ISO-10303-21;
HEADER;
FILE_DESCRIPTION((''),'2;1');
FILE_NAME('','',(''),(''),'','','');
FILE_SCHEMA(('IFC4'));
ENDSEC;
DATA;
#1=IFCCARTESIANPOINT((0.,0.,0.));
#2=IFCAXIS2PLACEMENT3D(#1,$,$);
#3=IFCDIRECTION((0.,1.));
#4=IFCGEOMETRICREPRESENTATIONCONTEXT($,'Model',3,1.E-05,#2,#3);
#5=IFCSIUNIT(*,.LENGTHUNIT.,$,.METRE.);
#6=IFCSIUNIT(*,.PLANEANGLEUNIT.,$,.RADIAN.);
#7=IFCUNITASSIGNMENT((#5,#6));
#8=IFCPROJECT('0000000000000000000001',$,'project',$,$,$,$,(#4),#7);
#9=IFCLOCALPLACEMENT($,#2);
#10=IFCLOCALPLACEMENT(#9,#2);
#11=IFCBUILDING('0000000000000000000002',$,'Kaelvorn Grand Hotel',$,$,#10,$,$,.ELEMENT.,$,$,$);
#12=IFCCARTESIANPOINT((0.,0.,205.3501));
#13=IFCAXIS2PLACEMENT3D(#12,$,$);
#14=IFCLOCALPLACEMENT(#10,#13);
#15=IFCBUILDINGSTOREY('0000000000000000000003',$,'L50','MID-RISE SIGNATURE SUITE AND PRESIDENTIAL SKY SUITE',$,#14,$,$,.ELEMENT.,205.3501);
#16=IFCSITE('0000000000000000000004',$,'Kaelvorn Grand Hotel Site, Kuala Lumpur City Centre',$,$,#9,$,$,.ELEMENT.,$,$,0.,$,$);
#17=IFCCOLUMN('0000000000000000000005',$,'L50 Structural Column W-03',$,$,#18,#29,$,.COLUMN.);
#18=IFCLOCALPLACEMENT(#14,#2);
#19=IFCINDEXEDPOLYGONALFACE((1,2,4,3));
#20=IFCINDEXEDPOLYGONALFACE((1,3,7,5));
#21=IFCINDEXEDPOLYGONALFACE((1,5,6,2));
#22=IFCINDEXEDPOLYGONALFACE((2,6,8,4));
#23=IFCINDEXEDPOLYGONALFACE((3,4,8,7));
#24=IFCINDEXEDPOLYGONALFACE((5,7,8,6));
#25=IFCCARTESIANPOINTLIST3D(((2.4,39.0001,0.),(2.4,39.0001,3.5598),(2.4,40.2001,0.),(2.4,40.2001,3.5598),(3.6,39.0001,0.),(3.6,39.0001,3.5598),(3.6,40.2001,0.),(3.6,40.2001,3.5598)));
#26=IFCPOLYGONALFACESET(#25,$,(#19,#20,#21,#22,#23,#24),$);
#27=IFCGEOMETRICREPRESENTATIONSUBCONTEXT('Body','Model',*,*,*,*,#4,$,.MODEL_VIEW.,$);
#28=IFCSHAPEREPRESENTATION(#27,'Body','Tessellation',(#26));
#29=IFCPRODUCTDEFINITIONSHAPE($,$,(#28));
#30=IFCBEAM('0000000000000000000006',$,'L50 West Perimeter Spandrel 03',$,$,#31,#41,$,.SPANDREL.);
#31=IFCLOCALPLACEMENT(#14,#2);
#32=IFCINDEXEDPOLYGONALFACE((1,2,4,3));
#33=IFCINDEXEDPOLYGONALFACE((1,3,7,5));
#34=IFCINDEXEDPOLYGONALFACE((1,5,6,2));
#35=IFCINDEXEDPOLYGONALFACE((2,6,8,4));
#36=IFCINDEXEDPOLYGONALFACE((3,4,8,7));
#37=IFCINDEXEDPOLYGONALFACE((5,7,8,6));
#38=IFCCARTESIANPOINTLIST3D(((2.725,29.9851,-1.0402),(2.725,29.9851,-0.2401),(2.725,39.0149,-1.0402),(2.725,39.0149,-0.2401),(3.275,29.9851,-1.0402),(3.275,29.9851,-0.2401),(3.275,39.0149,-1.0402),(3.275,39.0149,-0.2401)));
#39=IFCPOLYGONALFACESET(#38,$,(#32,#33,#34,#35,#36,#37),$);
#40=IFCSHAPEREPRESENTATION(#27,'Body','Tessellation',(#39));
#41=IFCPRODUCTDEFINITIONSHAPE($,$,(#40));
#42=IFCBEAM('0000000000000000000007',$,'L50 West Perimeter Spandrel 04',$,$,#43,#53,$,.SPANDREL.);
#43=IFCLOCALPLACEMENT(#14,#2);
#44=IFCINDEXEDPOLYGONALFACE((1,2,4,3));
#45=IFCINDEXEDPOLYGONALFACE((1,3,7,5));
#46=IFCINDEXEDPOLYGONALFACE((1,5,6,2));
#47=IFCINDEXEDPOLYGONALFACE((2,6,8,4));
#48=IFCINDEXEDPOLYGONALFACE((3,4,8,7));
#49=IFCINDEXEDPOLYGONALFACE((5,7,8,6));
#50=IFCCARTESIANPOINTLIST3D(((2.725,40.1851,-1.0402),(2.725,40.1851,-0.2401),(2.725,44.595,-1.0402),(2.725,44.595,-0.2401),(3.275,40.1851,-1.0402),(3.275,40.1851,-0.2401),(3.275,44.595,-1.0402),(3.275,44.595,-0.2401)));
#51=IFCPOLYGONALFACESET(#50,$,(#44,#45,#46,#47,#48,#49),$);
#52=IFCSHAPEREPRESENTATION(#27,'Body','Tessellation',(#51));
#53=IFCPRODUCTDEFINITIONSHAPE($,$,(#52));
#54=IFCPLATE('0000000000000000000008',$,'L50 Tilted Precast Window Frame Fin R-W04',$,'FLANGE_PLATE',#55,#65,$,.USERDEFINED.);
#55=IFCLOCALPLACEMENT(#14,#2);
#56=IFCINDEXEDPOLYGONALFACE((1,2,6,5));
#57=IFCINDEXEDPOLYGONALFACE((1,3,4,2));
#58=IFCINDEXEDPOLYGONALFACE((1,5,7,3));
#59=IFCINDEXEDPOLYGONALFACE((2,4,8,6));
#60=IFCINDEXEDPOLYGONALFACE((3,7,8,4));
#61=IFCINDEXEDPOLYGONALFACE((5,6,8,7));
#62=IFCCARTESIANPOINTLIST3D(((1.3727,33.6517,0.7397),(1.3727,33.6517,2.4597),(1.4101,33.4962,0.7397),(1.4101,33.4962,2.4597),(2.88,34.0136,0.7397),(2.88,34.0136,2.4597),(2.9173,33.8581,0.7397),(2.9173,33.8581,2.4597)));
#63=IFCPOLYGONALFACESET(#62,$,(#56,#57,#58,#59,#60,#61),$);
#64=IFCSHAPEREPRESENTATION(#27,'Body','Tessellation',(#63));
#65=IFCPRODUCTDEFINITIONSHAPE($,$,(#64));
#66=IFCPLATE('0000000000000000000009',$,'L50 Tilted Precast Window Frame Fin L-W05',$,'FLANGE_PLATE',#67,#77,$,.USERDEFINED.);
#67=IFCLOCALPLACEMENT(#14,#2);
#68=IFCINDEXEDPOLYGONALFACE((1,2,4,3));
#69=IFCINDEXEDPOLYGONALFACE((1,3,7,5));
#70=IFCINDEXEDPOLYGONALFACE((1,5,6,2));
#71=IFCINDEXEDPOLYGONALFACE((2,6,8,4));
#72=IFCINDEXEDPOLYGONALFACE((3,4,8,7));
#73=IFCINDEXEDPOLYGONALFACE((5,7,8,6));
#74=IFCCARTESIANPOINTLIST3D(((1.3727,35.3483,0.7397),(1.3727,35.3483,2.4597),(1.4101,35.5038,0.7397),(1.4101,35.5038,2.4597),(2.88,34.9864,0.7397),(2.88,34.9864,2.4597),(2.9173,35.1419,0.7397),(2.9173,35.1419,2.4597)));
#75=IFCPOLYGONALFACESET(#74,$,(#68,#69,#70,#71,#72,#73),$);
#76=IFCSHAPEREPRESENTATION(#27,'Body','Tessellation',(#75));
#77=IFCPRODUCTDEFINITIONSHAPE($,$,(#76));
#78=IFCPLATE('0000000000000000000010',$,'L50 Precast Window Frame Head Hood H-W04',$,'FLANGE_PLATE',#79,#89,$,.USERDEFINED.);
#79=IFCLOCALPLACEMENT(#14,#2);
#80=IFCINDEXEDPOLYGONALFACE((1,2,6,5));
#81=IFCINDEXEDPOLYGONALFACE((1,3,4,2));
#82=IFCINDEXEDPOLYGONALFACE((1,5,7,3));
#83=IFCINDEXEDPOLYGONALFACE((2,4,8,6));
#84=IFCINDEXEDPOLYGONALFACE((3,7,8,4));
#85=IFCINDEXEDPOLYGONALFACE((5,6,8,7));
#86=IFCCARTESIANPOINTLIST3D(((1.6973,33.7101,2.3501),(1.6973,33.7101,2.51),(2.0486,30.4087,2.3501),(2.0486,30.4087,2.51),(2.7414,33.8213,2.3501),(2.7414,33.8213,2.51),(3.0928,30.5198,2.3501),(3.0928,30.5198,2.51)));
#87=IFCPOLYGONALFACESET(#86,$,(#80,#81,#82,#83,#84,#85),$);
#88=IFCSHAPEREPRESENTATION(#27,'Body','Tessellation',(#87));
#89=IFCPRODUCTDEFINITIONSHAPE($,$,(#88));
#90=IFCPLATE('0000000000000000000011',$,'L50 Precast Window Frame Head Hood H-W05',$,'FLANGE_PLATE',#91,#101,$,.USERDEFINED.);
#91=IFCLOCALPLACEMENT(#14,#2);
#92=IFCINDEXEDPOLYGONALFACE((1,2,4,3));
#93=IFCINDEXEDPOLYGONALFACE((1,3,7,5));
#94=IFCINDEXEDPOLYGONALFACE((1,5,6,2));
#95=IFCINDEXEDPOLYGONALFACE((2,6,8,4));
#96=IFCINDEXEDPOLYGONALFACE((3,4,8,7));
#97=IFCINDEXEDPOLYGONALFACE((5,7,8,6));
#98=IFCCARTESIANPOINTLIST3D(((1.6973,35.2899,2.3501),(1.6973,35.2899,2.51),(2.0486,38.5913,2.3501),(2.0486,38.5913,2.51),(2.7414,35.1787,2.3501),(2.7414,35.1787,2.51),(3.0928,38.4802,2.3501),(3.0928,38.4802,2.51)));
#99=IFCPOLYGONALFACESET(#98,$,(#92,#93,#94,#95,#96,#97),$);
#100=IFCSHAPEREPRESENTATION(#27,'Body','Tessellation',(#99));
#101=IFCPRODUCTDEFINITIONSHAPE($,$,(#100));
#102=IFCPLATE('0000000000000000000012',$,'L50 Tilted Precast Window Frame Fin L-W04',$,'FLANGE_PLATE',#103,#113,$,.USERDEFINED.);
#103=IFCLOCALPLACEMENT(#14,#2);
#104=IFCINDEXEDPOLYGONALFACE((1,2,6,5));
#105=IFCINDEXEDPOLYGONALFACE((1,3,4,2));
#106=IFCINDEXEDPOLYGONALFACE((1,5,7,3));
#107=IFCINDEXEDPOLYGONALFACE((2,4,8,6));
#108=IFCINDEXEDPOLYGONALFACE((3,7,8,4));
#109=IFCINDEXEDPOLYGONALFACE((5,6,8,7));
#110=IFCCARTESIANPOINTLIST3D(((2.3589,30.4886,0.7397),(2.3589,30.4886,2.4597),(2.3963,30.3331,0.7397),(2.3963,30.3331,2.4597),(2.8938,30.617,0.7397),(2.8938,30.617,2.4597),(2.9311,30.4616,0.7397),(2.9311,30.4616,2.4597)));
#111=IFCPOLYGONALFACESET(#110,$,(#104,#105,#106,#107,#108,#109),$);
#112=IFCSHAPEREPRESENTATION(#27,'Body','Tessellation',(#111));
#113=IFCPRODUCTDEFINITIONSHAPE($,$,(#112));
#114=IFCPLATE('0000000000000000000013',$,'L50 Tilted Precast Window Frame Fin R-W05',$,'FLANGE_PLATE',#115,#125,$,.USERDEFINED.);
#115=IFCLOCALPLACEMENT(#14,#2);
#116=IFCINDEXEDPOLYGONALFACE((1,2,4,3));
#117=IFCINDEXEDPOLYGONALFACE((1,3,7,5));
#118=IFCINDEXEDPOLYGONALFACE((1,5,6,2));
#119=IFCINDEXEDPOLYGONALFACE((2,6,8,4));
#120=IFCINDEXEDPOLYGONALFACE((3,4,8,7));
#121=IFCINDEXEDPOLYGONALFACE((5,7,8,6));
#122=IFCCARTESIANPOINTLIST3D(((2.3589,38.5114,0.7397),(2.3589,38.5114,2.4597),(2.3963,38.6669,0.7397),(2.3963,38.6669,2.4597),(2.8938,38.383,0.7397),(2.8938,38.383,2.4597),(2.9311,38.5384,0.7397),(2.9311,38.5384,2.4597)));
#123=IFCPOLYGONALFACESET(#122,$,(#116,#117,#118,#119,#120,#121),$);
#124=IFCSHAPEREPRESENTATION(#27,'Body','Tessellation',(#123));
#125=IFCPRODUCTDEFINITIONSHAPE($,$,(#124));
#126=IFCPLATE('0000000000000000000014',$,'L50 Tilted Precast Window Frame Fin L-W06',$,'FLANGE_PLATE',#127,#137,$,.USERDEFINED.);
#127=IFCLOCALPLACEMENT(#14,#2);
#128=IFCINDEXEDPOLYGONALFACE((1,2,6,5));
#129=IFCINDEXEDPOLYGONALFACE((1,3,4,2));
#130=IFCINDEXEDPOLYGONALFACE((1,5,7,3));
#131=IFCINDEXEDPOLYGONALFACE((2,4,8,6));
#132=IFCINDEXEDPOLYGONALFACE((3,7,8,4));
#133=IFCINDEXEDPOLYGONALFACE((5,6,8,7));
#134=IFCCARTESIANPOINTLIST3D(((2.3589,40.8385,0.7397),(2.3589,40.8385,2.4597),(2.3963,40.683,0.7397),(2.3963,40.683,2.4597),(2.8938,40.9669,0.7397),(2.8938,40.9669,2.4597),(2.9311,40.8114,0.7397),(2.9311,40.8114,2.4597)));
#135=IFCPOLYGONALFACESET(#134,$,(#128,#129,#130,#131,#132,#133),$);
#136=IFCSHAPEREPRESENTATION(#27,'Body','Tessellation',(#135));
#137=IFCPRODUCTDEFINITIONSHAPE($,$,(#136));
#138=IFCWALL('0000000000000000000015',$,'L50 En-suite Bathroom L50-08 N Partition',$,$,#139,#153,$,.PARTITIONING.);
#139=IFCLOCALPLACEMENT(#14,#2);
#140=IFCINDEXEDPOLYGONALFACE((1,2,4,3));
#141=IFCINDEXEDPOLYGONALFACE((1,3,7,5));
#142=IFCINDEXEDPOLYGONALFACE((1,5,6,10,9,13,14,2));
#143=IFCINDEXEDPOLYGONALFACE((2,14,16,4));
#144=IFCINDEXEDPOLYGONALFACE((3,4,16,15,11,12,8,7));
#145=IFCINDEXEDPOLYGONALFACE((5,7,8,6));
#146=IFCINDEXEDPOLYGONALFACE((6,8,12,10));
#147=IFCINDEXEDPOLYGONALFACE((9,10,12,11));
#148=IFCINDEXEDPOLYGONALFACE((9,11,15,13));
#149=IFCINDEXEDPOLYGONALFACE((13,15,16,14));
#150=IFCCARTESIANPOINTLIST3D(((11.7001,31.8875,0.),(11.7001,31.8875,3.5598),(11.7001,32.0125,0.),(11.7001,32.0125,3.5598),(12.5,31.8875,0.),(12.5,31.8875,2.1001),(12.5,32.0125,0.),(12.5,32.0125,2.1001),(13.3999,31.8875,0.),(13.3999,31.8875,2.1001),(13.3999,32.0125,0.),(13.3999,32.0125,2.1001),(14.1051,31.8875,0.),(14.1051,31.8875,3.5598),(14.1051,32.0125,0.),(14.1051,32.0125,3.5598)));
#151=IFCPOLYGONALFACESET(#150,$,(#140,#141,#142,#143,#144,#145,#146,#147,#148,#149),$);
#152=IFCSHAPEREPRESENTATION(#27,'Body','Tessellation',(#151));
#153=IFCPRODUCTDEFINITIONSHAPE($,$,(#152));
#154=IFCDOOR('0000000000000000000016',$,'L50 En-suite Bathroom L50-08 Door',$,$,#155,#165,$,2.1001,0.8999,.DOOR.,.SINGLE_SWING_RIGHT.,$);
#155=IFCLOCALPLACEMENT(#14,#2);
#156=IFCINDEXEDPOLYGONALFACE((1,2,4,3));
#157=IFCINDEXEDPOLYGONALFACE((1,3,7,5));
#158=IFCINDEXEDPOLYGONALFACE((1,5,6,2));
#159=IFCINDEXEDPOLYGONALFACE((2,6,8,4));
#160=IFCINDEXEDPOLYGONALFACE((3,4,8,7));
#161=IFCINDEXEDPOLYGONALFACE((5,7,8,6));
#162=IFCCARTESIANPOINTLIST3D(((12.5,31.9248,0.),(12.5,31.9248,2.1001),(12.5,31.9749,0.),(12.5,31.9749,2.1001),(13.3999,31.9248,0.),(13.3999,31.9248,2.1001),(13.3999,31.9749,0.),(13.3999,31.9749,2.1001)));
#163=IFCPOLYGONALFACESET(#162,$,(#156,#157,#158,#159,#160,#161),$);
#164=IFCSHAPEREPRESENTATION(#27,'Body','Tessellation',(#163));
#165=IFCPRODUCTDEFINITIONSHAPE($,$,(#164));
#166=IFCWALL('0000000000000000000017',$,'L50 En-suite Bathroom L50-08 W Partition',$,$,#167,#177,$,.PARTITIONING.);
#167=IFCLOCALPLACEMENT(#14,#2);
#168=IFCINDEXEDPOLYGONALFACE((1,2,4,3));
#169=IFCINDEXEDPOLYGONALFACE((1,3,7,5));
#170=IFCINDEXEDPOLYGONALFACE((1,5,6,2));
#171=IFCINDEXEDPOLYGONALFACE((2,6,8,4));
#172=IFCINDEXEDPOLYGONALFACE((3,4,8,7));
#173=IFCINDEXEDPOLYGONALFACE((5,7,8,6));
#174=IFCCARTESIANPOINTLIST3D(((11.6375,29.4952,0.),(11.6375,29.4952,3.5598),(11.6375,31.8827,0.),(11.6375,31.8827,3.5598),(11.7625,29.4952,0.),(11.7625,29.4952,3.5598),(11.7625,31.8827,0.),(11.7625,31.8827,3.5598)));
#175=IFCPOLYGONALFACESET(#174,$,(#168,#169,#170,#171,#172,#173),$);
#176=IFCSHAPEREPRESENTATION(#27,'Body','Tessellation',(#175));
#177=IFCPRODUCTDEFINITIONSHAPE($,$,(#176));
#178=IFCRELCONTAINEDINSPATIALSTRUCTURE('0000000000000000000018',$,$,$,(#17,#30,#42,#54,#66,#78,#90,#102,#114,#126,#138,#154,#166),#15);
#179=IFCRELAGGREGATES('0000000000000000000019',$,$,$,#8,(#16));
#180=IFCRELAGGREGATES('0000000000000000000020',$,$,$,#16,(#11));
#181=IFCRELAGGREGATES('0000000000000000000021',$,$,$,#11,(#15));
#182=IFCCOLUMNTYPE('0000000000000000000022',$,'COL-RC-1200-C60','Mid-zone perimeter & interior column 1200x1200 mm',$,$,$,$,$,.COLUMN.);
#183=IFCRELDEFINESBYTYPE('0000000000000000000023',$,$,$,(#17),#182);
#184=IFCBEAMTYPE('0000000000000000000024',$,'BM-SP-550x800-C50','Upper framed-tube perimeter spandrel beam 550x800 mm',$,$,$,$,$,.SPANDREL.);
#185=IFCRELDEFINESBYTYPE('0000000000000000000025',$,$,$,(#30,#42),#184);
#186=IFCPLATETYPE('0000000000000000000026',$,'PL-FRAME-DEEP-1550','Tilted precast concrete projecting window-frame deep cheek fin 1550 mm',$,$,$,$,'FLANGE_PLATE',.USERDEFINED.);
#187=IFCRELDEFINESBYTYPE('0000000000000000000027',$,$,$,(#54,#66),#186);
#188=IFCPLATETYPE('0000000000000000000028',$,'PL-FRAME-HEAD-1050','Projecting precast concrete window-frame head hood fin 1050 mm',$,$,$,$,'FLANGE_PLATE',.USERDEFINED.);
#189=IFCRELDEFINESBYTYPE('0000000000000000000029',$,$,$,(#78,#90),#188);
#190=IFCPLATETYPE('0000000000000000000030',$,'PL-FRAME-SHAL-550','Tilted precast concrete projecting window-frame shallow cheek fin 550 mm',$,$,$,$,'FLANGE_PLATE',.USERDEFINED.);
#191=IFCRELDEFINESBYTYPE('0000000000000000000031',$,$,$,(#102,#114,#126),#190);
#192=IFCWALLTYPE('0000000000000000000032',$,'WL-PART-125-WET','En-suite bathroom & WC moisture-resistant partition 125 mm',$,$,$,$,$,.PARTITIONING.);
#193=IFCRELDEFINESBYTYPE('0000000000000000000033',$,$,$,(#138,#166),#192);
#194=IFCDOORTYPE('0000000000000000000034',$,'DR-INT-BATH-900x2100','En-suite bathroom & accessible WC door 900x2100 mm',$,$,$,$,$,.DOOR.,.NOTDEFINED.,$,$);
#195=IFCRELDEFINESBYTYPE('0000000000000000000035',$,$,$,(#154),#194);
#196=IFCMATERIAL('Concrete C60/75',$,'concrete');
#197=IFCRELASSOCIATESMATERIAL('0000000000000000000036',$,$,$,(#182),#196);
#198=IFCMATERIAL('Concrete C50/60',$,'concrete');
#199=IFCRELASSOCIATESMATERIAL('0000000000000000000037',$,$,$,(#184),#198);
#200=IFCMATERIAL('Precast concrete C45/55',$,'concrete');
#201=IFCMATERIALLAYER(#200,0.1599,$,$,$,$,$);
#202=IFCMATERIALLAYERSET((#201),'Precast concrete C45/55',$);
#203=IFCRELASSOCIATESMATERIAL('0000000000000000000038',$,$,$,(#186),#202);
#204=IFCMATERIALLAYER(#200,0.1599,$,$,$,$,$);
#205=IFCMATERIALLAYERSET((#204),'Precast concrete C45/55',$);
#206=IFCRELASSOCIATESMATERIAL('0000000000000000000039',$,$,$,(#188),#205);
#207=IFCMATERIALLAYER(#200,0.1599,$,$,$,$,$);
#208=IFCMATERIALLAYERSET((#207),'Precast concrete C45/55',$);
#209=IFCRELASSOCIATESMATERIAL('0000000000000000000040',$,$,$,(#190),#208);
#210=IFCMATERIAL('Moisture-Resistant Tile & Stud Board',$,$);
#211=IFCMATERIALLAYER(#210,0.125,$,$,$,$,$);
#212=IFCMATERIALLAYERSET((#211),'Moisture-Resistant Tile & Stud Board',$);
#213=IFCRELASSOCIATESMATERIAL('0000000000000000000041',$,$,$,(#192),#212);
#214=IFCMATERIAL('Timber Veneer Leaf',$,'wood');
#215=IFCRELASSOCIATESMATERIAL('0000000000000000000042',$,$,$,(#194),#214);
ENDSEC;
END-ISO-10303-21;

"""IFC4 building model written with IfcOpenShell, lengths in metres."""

from ifc_helpers import new_model, si_unit, direction, frame, frame_2d, origin, origin_2d, place, context, subcontext, project, spatial, rectangle, extrude, material, layer, layer_set, material_profile, profile_set, type_object, element, fill, save


model = new_model("IFC4")

# Units and contexts
model_context = context("Model", 3, precision=1e-05, world=origin(), true_north=direction((0.0, 1.0)))
body_context = subcontext(model_context, "Body", "Model", "MODEL_VIEW")
ifc_project = project(units=[si_unit("LENGTHUNIT", "METRE"), si_unit("PLANEANGLEUNIT", "RADIAN")], contexts=[model_context])

# Site, building, storey
site_placement = place(None, origin())
site = spatial("IfcSite", under=ifc_project, at=site_placement, Name="Kaelvorn Grand Hotel Site, Kuala Lumpur City Centre", CompositionType="ELEMENT", RefElevation=0.0)
building_placement = place(site_placement, origin())
building = spatial("IfcBuilding", under=site, at=building_placement, Name="Kaelvorn Grand Hotel", CompositionType="ELEMENT")
storey_placement = place(building_placement, frame((0.0, 0.0, 205.3501)))
storey = spatial("IfcBuildingStorey", under=building, at=storey_placement, Name="L50", Description="MID-RISE SIGNATURE SUITE AND PRESIDENTIAL SKY SUITE", CompositionType="ELEMENT", Elevation=205.3501)

# Column
ifc_material_1 = material(Name="Concrete C60/75", Category="concrete")
ifc_material_profile_1 = material_profile(ifc_material_1, rectangle(XDim=1.2, YDim=1.2, at=origin_2d()), Name="RC COL 1200x1200")
ifc_profile_set_1 = profile_set([ifc_material_profile_1], Name="Concrete C60/75")
column_type = type_object("IfcColumnType", Name="COL-RC-1200-C60", Description="Mid-zone perimeter & interior column 1200x1200 mm", PredefinedType="COLUMN", material=ifc_profile_set_1)
column_placement = place(storey_placement, frame((3.0, 39.6001, 0.0), z_axis=(0.0, 0.0, 1.0), x_axis=(1.0, 0.0, 0.0)))
element("IfcColumn", 1, at=column_placement, inside=storey, type_object=column_type, Name="L50 Structural Column W-03", PredefinedType="COLUMN", context=body_context, shape_type="SweptSolid", body=[
    extrude(rectangle(XDim=1.2, YDim=1.2, at=origin_2d()), origin(), (0.0, 0.0, 1.0), 3.5598),
])

# Beams
ifc_material_2 = material(Name="Concrete C50/60", Category="concrete")
ifc_material_profile_2 = material_profile(ifc_material_2, rectangle(XDim=0.55, YDim=0.8, at=origin_2d()), Name="RC SPANDREL 550x800")
ifc_profile_set_2 = profile_set([ifc_material_profile_2], Name="Concrete C50/60")
beam_type = type_object("IfcBeamType", Name="BM-SP-550x800-C50", Description="Upper framed-tube perimeter spandrel beam 550x800 mm", PredefinedType="SPANDREL", material=ifc_profile_set_2)
beam_1_placement = place(storey_placement, frame((3.0, 29.9851, -0.6401), z_axis=(0.0, 1.0, 0.0), x_axis=(-1.0, 0.0, 0.0)))
element("IfcBeam", 2, at=beam_1_placement, inside=storey, type_object=beam_type, Name="L50 West Perimeter Spandrel 03", PredefinedType="SPANDREL", context=body_context, shape_type="SweptSolid", body=[
    extrude(rectangle(XDim=0.55, YDim=0.8, at=origin_2d()), origin(), (0.0, 0.0, 1.0), 9.0298),
])
beam_2_placement = place(storey_placement, frame((3.0, 40.1851, -0.6401), z_axis=(0.0, 1.0, 0.0), x_axis=(-1.0, 0.0, 0.0)))
element("IfcBeam", 3, at=beam_2_placement, inside=storey, type_object=beam_type, Name="L50 West Perimeter Spandrel 04", PredefinedType="SPANDREL", context=body_context, shape_type="SweptSolid", body=[
    extrude(rectangle(XDim=0.55, YDim=0.8, at=origin_2d()), origin(), (0.0, 0.0, 1.0), 4.4099),
])

# Plates
ifc_material_3 = material(Name="Precast concrete C45/55", Category="concrete")
ifc_layer_1 = layer(ifc_material_3, 0.1599)
ifc_layer_set_1 = layer_set([ifc_layer_1], Name="Precast concrete C45/55")
plate_type_1 = type_object("IfcPlateType", Name="PL-FRAME-DEEP-1550", Description="Tilted precast concrete projecting window-frame deep cheek fin 1550 mm", ElementType="FLANGE_PLATE", PredefinedType="USERDEFINED", material=ifc_layer_set_1)
for number, where, z_axis, x_axis, name in (
    (4, (2.145, 33.7549, 0.7397), (0.0, 0.0, 1.0), (-0.233445, 0.97237, 0.0), "L50 Tilted Precast Window Frame Fin R-W04"),
    (5, (2.145, 35.2451, 0.7397), (0.0, 0.0, 1.0), (0.233445, 0.97237, 0.0), "L50 Tilted Precast Window Frame Fin L-W05"),
):
    element("IfcPlate", number, at=place(storey_placement, frame(where, z_axis=z_axis, x_axis=x_axis)), inside=storey, type_object=plate_type_1, Name=name, ObjectType="FLANGE_PLATE", PredefinedType="USERDEFINED", context=body_context, shape_type="SweptSolid", body=[
        extrude(rectangle(XDim=0.1599, YDim=1.55, at=origin_2d()), origin(), (0.0, 0.0, 1.0), 1.72),
    ])
ifc_layer_2 = layer(ifc_material_3, 0.1599)
ifc_layer_set_2 = layer_set([ifc_layer_2], Name="Precast concrete C45/55")
plate_type_2 = type_object("IfcPlateType", Name="PL-FRAME-HEAD-1050", Description="Projecting precast concrete window-frame head hood fin 1050 mm", ElementType="FLANGE_PLATE", PredefinedType="USERDEFINED", material=ifc_layer_set_2)
for number, where, z_axis, x_axis, name in (
    (6, (2.395, 32.115, 2.3501), (0.0, 0.0, 1.0), (-0.10583, 0.994384, 0.0), "L50 Precast Window Frame Head Hood H-W04"),
    (7, (2.395, 36.885, 2.3501), (0.0, 0.0, 1.0), (0.10583, 0.994384, 0.0), "L50 Precast Window Frame Head Hood H-W05"),
):
    element("IfcPlate", number, at=place(storey_placement, frame(where, z_axis=z_axis, x_axis=x_axis)), inside=storey, type_object=plate_type_2, Name=name, ObjectType="FLANGE_PLATE", PredefinedType="USERDEFINED", context=body_context, shape_type="SweptSolid", body=[
        extrude(rectangle(XDim=3.3201, YDim=1.05, at=origin_2d()), origin(), (0.0, 0.0, 1.0), 0.1599),
    ])
ifc_layer_3 = layer(ifc_material_3, 0.1599)
ifc_layer_set_3 = layer_set([ifc_layer_3], Name="Precast concrete C45/55")
plate_type_3 = type_object("IfcPlateType", Name="PL-FRAME-SHAL-550", Description="Tilted precast concrete projecting window-frame shallow cheek fin 550 mm", ElementType="FLANGE_PLATE", PredefinedType="USERDEFINED", material=ifc_layer_set_3)
for number, where, z_axis, x_axis, name in (
    (8, (2.645, 30.4751, 0.7397), (0.0, 0.0, 1.0), (-0.233445, 0.97237, 0.0), "L50 Tilted Precast Window Frame Fin L-W04"),
    (9, (2.645, 38.5249, 0.7397), (0.0, 0.0, 1.0), (0.233445, 0.97237, 0.0), "L50 Tilted Precast Window Frame Fin R-W05"),
    (10, (2.645, 40.825, 0.7397), (0.0, 0.0, 1.0), (-0.233445, 0.97237, 0.0), "L50 Tilted Precast Window Frame Fin L-W06"),
):
    element("IfcPlate", number, at=place(storey_placement, frame(where, z_axis=z_axis, x_axis=x_axis)), inside=storey, type_object=plate_type_3, Name=name, ObjectType="FLANGE_PLATE", PredefinedType="USERDEFINED", context=body_context, shape_type="SweptSolid", body=[
        extrude(rectangle(XDim=0.1599, YDim=0.55, at=origin_2d()), origin(), (0.0, 0.0, 1.0), 1.72),
    ])

# Wall, opening, door
ifc_material_4 = material(Name="Moisture-Resistant Tile & Stud Board")
ifc_layer_4 = layer(ifc_material_4, 0.125)
ifc_layer_set_4 = layer_set([ifc_layer_4], Name="Moisture-Resistant Tile & Stud Board")
wall_type_1 = type_object("IfcWallType", Name="WL-PART-125-WET", Description="En-suite bathroom & WC moisture-resistant partition 125 mm", PredefinedType="PARTITIONING", material=ifc_layer_set_4)
wall_1_placement = place(storey_placement, frame((11.7, 31.95, 0.0), z_axis=(0.0, 0.0, 1.0), x_axis=(1.0, 0.0, 0.0)))
wall_1 = element("IfcWall", 11, at=wall_1_placement, inside=storey, type_object=wall_type_1, Name="L50 En-suite Bathroom L50-08 N Partition", PredefinedType="PARTITIONING", context=body_context, shape_type="SweptSolid", body=[
    extrude(rectangle(XDim=2.405, YDim=0.125, at=frame_2d((1.2026, 0.0))), origin(), (0.0, 0.0, 1.0), 3.5598),
])
opening_1_placement = place(wall_1_placement, frame((0.8, 0.0, 0.0)))
opening_1 = element("IfcOpeningElement", 12, at=opening_1_placement, cuts=wall_1, PredefinedType="OPENING", context=body_context, shape_type="SweptSolid", body=[
    extrude(rectangle(XDim=0.8999, YDim=2.1001, at=frame_2d((0.45, 1.05))), frame((0.0, 0.0725, 0.0), z_axis=(0.0, -1.0, 0.0), x_axis=(1.0, 0.0, 0.0)), (0.0, 0.0, 1.0), 0.145),
])
ifc_material_5 = material(Name="Timber Veneer Leaf", Category="wood")
door_type_1 = type_object("IfcDoorType", Name="DR-INT-BATH-900x2100", Description="En-suite bathroom & accessible WC door 900x2100 mm", OperationType="NOTDEFINED", PredefinedType="DOOR", material=ifc_material_5)
door_1_placement = place(opening_1_placement, origin())
door_1 = element("IfcDoor", 13, at=door_1_placement, inside=storey, type_object=door_type_1, Name="L50 En-suite Bathroom L50-08 Door", OperationType="SINGLE_SWING_RIGHT", OverallHeight=2.1001, OverallWidth=0.8999, PredefinedType="DOOR", context=body_context, shape_type="SweptSolid", body=[
    extrude(rectangle(XDim=0.8999, YDim=2.1001, at=frame_2d((0.45, 1.05))), frame((0.0, 0.0249, 0.0), z_axis=(0.0, -1.0, 0.0), x_axis=(1.0, 0.0, 0.0)), (0.0, 0.0, 1.0), 0.05),
])
fill(opening_1, door_1)

# Wall
wall_2_placement = place(storey_placement, frame((11.7, 29.4951, 0.0), z_axis=(0.0, 0.0, 1.0), x_axis=(0.0, 1.0, 0.0)))
element("IfcWall", 14, at=wall_2_placement, inside=storey, type_object=wall_type_1, Name="L50 En-suite Bathroom L50-08 W Partition", PredefinedType="PARTITIONING", context=body_context, shape_type="SweptSolid", body=[
    extrude(rectangle(XDim=2.3875, YDim=0.125, at=frame_2d((1.1938, 0.0))), origin(), (0.0, 0.0, 1.0), 3.5598),
])

save(model, "model.ifc")
